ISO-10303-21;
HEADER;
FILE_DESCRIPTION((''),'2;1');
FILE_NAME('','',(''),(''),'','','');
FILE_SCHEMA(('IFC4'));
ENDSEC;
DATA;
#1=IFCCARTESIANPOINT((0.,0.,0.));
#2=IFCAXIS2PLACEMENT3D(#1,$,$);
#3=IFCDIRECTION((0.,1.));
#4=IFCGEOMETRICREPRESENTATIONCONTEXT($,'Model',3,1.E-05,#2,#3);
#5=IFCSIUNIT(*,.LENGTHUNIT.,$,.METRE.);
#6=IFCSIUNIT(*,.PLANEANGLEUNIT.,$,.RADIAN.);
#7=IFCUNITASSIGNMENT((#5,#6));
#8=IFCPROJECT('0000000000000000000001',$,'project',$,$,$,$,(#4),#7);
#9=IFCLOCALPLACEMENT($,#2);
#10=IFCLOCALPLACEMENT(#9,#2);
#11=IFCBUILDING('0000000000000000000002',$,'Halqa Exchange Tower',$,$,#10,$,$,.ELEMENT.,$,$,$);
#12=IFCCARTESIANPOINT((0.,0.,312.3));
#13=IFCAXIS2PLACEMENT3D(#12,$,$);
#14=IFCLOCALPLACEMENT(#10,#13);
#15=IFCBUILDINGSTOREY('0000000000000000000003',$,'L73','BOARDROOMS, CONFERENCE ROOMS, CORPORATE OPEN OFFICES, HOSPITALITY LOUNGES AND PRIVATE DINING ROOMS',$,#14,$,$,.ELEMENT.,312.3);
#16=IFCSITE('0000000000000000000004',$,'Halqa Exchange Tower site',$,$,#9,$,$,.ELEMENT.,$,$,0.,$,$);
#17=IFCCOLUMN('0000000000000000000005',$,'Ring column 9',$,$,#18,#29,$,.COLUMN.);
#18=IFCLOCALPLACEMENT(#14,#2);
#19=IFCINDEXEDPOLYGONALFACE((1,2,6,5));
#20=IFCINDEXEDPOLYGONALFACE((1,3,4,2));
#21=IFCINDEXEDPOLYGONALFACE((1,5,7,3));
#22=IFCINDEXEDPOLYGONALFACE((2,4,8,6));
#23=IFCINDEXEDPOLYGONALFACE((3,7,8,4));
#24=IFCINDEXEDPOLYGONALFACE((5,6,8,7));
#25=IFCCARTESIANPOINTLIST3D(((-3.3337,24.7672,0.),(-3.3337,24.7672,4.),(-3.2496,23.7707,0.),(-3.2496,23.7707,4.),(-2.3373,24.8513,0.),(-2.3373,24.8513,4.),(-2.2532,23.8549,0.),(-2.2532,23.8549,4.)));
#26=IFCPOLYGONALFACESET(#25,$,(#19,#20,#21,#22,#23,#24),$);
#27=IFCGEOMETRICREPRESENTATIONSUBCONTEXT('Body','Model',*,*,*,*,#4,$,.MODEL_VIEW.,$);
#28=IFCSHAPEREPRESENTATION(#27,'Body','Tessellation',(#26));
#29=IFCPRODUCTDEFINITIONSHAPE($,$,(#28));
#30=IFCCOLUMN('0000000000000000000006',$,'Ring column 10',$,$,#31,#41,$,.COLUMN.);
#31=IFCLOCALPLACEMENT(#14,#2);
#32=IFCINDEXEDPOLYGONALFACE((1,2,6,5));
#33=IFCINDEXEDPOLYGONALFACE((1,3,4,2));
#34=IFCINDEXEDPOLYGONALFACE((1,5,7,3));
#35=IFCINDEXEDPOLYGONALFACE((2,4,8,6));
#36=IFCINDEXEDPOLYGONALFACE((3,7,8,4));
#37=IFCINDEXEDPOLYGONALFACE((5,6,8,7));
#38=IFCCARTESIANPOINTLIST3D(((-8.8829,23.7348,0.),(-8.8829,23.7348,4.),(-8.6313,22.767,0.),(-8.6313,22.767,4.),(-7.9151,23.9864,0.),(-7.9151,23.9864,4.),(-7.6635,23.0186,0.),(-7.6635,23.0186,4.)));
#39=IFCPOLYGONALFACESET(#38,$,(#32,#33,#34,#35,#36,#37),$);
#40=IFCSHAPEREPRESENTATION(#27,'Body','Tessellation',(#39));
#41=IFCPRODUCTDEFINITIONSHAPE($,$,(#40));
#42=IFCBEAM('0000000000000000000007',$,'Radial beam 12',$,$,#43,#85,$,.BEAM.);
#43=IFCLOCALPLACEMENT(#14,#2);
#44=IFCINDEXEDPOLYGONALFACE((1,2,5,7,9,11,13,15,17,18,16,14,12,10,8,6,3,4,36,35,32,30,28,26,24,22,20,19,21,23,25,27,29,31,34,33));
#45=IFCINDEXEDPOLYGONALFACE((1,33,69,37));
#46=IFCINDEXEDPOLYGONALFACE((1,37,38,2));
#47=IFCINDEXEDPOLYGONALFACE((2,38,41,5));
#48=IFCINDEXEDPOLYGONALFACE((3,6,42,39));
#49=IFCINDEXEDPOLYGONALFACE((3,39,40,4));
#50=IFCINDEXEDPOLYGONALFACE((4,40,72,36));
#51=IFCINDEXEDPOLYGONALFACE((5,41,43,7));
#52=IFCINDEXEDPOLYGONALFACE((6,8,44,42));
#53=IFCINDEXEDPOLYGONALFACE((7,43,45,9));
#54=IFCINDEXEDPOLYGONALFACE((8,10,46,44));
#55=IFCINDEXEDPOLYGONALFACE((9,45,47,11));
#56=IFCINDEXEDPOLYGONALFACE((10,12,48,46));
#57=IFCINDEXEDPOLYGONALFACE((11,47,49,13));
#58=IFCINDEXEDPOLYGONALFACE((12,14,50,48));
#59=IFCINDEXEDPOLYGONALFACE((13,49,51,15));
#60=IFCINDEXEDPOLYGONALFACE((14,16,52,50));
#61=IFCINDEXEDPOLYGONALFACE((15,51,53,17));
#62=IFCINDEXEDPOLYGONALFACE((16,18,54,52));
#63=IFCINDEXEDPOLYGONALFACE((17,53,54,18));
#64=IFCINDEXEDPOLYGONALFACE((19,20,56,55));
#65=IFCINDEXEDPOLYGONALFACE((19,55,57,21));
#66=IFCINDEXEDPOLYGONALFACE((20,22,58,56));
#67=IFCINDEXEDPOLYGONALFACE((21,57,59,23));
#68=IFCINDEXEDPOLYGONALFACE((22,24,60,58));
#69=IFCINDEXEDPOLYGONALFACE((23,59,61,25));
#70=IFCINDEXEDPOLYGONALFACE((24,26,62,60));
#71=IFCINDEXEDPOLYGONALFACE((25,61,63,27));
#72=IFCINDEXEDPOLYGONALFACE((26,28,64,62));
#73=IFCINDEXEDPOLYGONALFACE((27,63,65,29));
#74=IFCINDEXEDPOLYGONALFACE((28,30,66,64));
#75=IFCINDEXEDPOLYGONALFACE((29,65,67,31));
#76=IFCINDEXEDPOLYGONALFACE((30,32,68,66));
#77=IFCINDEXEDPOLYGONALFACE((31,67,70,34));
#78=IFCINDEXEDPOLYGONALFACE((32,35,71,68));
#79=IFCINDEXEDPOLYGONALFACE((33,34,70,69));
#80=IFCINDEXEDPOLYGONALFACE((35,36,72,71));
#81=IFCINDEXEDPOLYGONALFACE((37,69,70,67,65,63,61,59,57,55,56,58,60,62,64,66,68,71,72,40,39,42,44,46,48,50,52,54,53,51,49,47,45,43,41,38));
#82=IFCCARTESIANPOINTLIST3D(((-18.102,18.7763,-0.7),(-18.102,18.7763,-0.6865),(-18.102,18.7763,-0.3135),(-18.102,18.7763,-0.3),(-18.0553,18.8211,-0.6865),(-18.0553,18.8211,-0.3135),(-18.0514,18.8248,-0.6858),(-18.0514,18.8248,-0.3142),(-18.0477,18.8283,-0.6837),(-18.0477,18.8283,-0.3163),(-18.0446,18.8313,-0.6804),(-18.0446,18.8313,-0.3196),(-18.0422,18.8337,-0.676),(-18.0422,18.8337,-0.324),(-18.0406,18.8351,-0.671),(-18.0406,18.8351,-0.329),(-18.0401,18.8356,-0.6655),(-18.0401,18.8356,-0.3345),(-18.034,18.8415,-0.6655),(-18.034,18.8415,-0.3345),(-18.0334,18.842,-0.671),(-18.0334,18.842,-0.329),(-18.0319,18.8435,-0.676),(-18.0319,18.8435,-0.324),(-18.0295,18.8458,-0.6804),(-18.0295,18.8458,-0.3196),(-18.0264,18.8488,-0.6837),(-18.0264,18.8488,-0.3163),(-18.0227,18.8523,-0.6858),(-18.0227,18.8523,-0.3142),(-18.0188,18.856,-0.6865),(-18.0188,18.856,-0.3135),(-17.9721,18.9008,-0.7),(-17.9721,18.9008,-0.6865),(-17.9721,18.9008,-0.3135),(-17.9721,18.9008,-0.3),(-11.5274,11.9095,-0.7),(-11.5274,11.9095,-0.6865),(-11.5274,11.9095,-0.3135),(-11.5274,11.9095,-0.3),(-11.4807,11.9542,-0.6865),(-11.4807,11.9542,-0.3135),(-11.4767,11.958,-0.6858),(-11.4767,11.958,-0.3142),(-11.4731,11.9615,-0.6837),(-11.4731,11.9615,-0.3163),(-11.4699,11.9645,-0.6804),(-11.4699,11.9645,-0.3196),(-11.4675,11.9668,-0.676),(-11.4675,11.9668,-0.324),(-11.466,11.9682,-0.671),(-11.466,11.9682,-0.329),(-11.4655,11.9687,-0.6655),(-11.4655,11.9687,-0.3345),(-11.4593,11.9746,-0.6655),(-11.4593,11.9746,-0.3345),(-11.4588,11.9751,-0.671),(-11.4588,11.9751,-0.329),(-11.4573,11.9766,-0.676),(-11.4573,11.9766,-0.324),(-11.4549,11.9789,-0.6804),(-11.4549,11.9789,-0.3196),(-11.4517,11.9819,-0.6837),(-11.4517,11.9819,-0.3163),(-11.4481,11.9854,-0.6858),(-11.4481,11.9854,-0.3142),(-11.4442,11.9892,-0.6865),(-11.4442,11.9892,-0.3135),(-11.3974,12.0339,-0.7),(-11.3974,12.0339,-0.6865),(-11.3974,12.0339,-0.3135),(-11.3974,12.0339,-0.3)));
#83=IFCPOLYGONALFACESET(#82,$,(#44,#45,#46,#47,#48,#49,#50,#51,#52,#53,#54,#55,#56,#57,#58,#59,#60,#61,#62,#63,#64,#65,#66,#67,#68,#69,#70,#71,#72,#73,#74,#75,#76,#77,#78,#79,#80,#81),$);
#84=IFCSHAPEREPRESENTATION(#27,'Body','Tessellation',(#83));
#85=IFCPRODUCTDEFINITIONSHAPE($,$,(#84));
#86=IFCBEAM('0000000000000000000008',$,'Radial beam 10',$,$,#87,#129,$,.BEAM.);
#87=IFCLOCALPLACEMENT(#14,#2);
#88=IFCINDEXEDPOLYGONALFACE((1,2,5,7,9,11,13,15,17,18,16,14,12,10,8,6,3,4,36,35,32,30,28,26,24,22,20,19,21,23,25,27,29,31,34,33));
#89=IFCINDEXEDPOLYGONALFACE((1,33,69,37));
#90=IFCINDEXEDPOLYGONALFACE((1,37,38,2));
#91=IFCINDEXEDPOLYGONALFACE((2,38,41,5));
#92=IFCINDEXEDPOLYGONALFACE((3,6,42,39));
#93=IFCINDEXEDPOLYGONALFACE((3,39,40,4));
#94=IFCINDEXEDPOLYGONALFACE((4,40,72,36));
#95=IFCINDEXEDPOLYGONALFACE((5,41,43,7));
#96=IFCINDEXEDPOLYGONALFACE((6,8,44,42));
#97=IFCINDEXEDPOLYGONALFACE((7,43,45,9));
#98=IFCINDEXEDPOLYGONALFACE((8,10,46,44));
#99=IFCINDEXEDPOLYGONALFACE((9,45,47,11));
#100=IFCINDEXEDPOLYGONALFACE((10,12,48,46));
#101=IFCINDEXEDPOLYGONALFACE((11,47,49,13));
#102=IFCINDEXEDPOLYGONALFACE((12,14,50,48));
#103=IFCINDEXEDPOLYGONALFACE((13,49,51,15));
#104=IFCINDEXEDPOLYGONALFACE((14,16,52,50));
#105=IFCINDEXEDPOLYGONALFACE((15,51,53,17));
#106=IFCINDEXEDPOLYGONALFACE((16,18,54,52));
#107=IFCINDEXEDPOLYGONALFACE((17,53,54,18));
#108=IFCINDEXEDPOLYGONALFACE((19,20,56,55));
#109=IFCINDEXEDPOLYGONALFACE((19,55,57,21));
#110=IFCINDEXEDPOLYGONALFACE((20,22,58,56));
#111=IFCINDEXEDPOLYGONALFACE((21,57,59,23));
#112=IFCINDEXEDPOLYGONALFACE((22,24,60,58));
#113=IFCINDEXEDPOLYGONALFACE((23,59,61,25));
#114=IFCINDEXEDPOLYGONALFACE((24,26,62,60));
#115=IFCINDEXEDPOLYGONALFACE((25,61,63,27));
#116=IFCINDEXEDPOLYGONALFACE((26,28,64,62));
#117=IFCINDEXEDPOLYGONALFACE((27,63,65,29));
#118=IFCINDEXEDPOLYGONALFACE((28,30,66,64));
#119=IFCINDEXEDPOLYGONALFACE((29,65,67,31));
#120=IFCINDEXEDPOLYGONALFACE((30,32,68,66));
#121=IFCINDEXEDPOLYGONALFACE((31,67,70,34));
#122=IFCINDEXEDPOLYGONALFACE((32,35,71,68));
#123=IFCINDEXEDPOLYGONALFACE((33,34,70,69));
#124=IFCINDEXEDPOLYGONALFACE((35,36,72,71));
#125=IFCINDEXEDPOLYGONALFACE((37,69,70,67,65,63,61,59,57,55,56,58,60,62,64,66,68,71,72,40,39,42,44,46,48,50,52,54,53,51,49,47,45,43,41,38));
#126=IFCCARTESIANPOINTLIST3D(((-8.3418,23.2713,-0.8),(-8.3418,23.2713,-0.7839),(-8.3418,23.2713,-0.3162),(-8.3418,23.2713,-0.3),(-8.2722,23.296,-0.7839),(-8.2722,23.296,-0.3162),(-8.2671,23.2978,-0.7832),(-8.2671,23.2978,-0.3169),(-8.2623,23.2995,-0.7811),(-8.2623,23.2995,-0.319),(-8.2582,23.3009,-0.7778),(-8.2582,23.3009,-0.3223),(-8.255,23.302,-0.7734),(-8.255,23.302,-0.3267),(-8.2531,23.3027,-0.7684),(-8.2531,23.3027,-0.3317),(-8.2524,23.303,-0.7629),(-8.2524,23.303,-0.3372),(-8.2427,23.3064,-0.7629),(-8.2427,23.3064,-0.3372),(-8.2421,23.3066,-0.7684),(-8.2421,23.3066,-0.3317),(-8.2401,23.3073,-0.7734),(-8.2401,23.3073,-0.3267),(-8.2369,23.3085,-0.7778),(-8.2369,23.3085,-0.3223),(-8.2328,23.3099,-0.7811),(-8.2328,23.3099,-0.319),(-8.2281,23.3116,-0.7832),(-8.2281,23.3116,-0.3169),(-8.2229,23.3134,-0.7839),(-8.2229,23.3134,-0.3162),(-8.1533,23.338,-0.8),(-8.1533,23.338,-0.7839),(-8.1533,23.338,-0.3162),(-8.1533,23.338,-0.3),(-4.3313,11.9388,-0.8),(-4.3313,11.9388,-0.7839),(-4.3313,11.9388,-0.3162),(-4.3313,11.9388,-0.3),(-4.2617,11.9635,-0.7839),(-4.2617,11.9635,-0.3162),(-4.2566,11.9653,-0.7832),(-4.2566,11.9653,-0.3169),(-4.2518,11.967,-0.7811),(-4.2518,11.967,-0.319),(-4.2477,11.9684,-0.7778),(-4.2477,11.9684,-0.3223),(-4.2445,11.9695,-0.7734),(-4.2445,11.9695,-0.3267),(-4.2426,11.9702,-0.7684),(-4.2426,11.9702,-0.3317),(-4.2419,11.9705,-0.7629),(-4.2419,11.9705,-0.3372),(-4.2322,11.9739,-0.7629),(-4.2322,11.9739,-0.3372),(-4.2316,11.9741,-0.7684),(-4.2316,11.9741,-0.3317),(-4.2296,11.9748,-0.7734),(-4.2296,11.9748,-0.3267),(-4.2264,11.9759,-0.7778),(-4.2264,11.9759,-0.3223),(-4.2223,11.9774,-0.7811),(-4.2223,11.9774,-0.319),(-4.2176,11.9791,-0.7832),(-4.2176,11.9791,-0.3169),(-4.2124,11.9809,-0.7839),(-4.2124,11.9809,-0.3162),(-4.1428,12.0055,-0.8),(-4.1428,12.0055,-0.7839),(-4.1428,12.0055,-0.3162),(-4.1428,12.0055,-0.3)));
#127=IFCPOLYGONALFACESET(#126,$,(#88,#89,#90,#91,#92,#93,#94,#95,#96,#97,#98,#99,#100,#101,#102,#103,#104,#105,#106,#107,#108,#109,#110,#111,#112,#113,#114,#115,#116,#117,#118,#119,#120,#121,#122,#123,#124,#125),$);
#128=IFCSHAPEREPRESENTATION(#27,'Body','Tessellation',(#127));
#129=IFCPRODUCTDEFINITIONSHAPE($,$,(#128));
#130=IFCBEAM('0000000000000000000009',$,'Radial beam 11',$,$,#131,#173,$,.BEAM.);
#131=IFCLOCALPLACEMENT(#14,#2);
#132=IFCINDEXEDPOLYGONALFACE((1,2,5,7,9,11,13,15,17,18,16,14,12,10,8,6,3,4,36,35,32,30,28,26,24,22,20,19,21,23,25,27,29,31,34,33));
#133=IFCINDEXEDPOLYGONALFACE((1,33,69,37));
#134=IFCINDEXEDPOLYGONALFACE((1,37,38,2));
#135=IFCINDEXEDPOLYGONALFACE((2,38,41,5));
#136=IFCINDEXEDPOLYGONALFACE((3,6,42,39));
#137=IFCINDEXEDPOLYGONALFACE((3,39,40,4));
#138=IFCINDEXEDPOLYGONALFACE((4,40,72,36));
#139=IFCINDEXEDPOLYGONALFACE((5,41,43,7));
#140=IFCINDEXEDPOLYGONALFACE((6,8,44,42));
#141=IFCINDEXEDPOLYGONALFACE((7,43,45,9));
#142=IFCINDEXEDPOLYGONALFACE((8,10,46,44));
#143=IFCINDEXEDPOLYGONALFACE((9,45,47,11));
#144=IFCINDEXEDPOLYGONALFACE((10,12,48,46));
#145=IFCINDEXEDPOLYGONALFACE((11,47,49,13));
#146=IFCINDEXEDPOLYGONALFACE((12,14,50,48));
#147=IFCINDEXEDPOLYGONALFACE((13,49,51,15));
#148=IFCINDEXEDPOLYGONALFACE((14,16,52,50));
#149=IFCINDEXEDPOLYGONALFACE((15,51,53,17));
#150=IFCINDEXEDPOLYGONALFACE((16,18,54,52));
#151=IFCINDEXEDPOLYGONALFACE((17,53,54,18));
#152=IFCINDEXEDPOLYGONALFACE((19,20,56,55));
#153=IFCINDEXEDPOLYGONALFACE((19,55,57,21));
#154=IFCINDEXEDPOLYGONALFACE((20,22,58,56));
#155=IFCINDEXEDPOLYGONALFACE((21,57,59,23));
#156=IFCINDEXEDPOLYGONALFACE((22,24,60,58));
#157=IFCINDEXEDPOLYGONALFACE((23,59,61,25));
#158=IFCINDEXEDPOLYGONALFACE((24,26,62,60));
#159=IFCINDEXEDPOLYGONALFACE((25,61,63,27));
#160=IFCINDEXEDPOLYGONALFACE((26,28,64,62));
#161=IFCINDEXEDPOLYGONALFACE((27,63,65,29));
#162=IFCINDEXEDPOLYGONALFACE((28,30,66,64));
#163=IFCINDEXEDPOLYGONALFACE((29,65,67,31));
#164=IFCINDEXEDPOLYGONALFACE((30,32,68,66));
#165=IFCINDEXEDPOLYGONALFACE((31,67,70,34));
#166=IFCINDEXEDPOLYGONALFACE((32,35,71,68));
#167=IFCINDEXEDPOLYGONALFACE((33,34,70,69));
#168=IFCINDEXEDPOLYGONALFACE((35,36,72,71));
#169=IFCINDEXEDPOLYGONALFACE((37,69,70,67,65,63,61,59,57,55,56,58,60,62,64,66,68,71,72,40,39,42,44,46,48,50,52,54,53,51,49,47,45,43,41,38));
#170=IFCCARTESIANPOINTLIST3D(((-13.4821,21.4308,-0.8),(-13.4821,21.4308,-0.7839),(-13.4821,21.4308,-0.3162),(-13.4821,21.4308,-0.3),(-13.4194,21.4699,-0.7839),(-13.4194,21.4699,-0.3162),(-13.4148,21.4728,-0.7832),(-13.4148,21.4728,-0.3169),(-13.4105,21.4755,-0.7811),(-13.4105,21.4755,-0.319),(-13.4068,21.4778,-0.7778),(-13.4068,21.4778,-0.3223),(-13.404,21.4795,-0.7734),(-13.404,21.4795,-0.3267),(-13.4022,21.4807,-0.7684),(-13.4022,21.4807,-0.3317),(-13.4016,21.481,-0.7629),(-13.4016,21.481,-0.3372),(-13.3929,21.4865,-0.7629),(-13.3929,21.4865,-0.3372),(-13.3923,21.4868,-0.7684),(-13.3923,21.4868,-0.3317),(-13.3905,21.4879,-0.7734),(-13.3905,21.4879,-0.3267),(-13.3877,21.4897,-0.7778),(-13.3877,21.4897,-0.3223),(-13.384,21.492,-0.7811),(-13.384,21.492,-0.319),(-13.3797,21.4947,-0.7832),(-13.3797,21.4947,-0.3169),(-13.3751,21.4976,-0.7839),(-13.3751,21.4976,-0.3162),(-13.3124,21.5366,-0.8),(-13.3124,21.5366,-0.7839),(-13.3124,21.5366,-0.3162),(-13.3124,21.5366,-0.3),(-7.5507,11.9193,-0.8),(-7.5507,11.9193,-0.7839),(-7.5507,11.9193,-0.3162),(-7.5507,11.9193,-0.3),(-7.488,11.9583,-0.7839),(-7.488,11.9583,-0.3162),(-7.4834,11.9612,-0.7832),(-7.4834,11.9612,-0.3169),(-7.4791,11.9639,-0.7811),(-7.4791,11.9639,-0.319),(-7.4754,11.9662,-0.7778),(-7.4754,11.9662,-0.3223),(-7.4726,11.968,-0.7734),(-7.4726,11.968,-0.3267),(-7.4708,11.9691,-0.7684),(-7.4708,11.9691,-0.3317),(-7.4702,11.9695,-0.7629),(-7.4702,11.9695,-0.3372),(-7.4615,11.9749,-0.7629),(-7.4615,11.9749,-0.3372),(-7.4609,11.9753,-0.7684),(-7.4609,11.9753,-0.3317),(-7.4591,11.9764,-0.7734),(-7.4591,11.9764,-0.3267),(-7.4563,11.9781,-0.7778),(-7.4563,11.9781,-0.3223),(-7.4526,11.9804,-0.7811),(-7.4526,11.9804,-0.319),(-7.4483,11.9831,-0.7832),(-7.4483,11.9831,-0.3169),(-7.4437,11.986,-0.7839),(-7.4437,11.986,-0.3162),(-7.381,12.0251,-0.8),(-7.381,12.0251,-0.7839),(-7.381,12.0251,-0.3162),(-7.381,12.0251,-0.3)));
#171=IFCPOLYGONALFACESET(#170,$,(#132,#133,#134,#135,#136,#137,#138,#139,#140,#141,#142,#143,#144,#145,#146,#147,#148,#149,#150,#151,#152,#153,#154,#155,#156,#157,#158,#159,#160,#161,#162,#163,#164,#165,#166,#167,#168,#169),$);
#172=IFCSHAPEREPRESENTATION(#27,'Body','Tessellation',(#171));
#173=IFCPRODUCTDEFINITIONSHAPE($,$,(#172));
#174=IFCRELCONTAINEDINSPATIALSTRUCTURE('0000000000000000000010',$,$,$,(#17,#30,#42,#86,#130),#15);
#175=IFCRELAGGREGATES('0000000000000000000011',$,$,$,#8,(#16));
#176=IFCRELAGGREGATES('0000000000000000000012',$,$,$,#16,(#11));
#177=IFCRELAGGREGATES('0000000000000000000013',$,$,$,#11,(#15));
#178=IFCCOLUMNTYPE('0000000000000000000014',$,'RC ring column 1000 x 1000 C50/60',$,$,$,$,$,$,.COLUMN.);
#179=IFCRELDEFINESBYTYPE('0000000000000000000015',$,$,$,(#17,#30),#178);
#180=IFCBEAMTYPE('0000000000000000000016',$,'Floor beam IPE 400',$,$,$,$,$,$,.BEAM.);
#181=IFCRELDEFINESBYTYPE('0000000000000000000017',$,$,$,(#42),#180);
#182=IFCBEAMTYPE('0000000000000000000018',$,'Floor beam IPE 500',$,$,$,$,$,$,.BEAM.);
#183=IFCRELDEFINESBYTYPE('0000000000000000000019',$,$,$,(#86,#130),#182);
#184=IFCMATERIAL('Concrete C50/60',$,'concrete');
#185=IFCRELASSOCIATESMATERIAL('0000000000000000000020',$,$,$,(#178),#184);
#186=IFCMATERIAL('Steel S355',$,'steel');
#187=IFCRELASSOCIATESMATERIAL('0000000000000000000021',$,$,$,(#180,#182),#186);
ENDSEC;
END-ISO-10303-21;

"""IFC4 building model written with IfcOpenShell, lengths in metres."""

from ifc_helpers import new_model, si_unit, direction, frame, origin, origin_2d, place, context, subcontext, project, spatial, rectangle, i_section, extrude, material, material_profile, profile_set, type_object, element, save


model = new_model("IFC4")

# Units and contexts
model_context = context("Model", 3, precision=1e-05, world=origin(), true_north=direction((0.0, 1.0)))
body_context = subcontext(model_context, "Body", "Model", "MODEL_VIEW")
ifc_project = project(units=[si_unit("LENGTHUNIT", "METRE"), si_unit("PLANEANGLEUNIT", "RADIAN")], contexts=[model_context])

# Site, building, storey
site_placement = place(None, origin())
site = spatial("IfcSite", under=ifc_project, at=site_placement, Name="Halqa Exchange Tower site", CompositionType="ELEMENT", RefElevation=0.0)
building_placement = place(site_placement, origin())
building = spatial("IfcBuilding", under=site, at=building_placement, Name="Halqa Exchange Tower", CompositionType="ELEMENT")
storey_placement = place(building_placement, frame((0.0, 0.0, 312.3)))
storey = spatial("IfcBuildingStorey", under=building, at=storey_placement, Name="L73", Description="BOARDROOMS, CONFERENCE ROOMS, CORPORATE OPEN OFFICES, HOSPITALITY LOUNGES AND PRIVATE DINING ROOMS", CompositionType="ELEMENT", Elevation=312.3)

# Columns
ifc_material_1 = material(Name="Concrete C50/60", Category="concrete")
ifc_material_profile_1 = material_profile(ifc_material_1, rectangle(XDim=1.0, YDim=1.0, at=origin_2d()), Name="1000 x 1000")
ifc_profile_set_1 = profile_set([ifc_material_profile_1], Name="Concrete C50/60")
column_type = type_object("IfcColumnType", Name="RC ring column 1000 x 1000 C50/60", PredefinedType="COLUMN", material=ifc_profile_set_1)
for number, where, z_axis, x_axis, name in (
    (1, (-2.7935, 24.311, 0.0), (0.0, 0.0, 1.0), (-0.996455, -0.084127, 0.0), "Ring column 9"),
    (2, (-8.2732, 23.3767, 0.0), (0.0, 0.0, 1.0), (-0.967819, -0.251647, 0.0), "Ring column 10"),
):
    element("IfcColumn", number, at=place(storey_placement, frame(where, z_axis=z_axis, x_axis=x_axis)), inside=storey, type_object=column_type, Name=name, PredefinedType="COLUMN", context=body_context, shape_type="SweptSolid", body=[
        extrude(rectangle(XDim=1.0, YDim=1.0, at=origin_2d()), origin(), (0.0, 0.0, 1.0), 4.0),
    ])

# Beams
ifc_material_2 = material(Name="Steel S355", Category="steel")
ifc_material_profile_2 = material_profile(ifc_material_2, i_section(OverallWidth=0.1799, OverallDepth=0.3999, WebThickness=0.0085, FlangeThickness=0.0134, FilletRadius=0.021, at=origin_2d()), Name="IPE 400")
ifc_profile_set_2 = profile_set([ifc_material_profile_2], Name="Steel S355")
beam_type_1 = type_object("IfcBeamType", Name="Floor beam IPE 400", PredefinedType="BEAM", material=ifc_profile_set_2)
beam_1_placement = place(storey_placement, frame((-11.4624, 11.9717, -0.5), z_axis=(-0.69157, 0.722309, 0.0), x_axis=(-0.722309, -0.69157, 0.0)))
element("IfcBeam", 3, at=beam_1_placement, inside=storey, type_object=beam_type_1, Name="Radial beam 12", PredefinedType="BEAM", context=body_context, shape_type="SweptSolid", body=[
    extrude(i_section(OverallWidth=0.1799, OverallDepth=0.3999, WebThickness=0.0085, FlangeThickness=0.0134, FilletRadius=0.021, at=origin_2d()), origin(), (0.0, 0.0, 1.0), 9.5068),
])
ifc_material_profile_3 = material_profile(ifc_material_2, i_section(OverallWidth=0.2, OverallDepth=0.5, WebThickness=0.0103, FlangeThickness=0.0161, FilletRadius=0.021, at=origin_2d()), Name="IPE 500")
ifc_profile_set_3 = profile_set([ifc_material_profile_3], Name="Steel S355")
beam_type_2 = type_object("IfcBeamType", Name="Floor beam IPE 500", PredefinedType="BEAM", material=ifc_profile_set_3)
beam_2_placement = place(storey_placement, frame((-4.2371, 11.9722, -0.55), z_axis=(-0.333618, 0.942708, 0.0), x_axis=(-0.942708, -0.333618, 0.0)))
element("IfcBeam", 4, at=beam_2_placement, inside=storey, type_object=beam_type_2, Name="Radial beam 10", PredefinedType="BEAM", context=body_context, shape_type="SweptSolid", body=[
    extrude(i_section(OverallWidth=0.2, OverallDepth=0.5, WebThickness=0.0103, FlangeThickness=0.0161, FilletRadius=0.021, at=origin_2d()), origin(), (0.0, 0.0, 1.0), 12.0212),
])
beam_3_placement = place(storey_placement, frame((-7.4658, 11.9722, -0.55), z_axis=(-0.529147, 0.84853, 0.0), x_axis=(-0.84853, -0.529147, 0.0)))
element("IfcBeam", 5, at=beam_3_placement, inside=storey, type_object=beam_type_2, Name="Radial beam 11", PredefinedType="BEAM", context=body_context, shape_type="SweptSolid", body=[
    extrude(i_section(OverallWidth=0.2, OverallDepth=0.5, WebThickness=0.0103, FlangeThickness=0.0161, FilletRadius=0.021, at=origin_2d()), origin(), (0.0, 0.0, 1.0), 11.2095),
])

save(model, "model.ifc")
